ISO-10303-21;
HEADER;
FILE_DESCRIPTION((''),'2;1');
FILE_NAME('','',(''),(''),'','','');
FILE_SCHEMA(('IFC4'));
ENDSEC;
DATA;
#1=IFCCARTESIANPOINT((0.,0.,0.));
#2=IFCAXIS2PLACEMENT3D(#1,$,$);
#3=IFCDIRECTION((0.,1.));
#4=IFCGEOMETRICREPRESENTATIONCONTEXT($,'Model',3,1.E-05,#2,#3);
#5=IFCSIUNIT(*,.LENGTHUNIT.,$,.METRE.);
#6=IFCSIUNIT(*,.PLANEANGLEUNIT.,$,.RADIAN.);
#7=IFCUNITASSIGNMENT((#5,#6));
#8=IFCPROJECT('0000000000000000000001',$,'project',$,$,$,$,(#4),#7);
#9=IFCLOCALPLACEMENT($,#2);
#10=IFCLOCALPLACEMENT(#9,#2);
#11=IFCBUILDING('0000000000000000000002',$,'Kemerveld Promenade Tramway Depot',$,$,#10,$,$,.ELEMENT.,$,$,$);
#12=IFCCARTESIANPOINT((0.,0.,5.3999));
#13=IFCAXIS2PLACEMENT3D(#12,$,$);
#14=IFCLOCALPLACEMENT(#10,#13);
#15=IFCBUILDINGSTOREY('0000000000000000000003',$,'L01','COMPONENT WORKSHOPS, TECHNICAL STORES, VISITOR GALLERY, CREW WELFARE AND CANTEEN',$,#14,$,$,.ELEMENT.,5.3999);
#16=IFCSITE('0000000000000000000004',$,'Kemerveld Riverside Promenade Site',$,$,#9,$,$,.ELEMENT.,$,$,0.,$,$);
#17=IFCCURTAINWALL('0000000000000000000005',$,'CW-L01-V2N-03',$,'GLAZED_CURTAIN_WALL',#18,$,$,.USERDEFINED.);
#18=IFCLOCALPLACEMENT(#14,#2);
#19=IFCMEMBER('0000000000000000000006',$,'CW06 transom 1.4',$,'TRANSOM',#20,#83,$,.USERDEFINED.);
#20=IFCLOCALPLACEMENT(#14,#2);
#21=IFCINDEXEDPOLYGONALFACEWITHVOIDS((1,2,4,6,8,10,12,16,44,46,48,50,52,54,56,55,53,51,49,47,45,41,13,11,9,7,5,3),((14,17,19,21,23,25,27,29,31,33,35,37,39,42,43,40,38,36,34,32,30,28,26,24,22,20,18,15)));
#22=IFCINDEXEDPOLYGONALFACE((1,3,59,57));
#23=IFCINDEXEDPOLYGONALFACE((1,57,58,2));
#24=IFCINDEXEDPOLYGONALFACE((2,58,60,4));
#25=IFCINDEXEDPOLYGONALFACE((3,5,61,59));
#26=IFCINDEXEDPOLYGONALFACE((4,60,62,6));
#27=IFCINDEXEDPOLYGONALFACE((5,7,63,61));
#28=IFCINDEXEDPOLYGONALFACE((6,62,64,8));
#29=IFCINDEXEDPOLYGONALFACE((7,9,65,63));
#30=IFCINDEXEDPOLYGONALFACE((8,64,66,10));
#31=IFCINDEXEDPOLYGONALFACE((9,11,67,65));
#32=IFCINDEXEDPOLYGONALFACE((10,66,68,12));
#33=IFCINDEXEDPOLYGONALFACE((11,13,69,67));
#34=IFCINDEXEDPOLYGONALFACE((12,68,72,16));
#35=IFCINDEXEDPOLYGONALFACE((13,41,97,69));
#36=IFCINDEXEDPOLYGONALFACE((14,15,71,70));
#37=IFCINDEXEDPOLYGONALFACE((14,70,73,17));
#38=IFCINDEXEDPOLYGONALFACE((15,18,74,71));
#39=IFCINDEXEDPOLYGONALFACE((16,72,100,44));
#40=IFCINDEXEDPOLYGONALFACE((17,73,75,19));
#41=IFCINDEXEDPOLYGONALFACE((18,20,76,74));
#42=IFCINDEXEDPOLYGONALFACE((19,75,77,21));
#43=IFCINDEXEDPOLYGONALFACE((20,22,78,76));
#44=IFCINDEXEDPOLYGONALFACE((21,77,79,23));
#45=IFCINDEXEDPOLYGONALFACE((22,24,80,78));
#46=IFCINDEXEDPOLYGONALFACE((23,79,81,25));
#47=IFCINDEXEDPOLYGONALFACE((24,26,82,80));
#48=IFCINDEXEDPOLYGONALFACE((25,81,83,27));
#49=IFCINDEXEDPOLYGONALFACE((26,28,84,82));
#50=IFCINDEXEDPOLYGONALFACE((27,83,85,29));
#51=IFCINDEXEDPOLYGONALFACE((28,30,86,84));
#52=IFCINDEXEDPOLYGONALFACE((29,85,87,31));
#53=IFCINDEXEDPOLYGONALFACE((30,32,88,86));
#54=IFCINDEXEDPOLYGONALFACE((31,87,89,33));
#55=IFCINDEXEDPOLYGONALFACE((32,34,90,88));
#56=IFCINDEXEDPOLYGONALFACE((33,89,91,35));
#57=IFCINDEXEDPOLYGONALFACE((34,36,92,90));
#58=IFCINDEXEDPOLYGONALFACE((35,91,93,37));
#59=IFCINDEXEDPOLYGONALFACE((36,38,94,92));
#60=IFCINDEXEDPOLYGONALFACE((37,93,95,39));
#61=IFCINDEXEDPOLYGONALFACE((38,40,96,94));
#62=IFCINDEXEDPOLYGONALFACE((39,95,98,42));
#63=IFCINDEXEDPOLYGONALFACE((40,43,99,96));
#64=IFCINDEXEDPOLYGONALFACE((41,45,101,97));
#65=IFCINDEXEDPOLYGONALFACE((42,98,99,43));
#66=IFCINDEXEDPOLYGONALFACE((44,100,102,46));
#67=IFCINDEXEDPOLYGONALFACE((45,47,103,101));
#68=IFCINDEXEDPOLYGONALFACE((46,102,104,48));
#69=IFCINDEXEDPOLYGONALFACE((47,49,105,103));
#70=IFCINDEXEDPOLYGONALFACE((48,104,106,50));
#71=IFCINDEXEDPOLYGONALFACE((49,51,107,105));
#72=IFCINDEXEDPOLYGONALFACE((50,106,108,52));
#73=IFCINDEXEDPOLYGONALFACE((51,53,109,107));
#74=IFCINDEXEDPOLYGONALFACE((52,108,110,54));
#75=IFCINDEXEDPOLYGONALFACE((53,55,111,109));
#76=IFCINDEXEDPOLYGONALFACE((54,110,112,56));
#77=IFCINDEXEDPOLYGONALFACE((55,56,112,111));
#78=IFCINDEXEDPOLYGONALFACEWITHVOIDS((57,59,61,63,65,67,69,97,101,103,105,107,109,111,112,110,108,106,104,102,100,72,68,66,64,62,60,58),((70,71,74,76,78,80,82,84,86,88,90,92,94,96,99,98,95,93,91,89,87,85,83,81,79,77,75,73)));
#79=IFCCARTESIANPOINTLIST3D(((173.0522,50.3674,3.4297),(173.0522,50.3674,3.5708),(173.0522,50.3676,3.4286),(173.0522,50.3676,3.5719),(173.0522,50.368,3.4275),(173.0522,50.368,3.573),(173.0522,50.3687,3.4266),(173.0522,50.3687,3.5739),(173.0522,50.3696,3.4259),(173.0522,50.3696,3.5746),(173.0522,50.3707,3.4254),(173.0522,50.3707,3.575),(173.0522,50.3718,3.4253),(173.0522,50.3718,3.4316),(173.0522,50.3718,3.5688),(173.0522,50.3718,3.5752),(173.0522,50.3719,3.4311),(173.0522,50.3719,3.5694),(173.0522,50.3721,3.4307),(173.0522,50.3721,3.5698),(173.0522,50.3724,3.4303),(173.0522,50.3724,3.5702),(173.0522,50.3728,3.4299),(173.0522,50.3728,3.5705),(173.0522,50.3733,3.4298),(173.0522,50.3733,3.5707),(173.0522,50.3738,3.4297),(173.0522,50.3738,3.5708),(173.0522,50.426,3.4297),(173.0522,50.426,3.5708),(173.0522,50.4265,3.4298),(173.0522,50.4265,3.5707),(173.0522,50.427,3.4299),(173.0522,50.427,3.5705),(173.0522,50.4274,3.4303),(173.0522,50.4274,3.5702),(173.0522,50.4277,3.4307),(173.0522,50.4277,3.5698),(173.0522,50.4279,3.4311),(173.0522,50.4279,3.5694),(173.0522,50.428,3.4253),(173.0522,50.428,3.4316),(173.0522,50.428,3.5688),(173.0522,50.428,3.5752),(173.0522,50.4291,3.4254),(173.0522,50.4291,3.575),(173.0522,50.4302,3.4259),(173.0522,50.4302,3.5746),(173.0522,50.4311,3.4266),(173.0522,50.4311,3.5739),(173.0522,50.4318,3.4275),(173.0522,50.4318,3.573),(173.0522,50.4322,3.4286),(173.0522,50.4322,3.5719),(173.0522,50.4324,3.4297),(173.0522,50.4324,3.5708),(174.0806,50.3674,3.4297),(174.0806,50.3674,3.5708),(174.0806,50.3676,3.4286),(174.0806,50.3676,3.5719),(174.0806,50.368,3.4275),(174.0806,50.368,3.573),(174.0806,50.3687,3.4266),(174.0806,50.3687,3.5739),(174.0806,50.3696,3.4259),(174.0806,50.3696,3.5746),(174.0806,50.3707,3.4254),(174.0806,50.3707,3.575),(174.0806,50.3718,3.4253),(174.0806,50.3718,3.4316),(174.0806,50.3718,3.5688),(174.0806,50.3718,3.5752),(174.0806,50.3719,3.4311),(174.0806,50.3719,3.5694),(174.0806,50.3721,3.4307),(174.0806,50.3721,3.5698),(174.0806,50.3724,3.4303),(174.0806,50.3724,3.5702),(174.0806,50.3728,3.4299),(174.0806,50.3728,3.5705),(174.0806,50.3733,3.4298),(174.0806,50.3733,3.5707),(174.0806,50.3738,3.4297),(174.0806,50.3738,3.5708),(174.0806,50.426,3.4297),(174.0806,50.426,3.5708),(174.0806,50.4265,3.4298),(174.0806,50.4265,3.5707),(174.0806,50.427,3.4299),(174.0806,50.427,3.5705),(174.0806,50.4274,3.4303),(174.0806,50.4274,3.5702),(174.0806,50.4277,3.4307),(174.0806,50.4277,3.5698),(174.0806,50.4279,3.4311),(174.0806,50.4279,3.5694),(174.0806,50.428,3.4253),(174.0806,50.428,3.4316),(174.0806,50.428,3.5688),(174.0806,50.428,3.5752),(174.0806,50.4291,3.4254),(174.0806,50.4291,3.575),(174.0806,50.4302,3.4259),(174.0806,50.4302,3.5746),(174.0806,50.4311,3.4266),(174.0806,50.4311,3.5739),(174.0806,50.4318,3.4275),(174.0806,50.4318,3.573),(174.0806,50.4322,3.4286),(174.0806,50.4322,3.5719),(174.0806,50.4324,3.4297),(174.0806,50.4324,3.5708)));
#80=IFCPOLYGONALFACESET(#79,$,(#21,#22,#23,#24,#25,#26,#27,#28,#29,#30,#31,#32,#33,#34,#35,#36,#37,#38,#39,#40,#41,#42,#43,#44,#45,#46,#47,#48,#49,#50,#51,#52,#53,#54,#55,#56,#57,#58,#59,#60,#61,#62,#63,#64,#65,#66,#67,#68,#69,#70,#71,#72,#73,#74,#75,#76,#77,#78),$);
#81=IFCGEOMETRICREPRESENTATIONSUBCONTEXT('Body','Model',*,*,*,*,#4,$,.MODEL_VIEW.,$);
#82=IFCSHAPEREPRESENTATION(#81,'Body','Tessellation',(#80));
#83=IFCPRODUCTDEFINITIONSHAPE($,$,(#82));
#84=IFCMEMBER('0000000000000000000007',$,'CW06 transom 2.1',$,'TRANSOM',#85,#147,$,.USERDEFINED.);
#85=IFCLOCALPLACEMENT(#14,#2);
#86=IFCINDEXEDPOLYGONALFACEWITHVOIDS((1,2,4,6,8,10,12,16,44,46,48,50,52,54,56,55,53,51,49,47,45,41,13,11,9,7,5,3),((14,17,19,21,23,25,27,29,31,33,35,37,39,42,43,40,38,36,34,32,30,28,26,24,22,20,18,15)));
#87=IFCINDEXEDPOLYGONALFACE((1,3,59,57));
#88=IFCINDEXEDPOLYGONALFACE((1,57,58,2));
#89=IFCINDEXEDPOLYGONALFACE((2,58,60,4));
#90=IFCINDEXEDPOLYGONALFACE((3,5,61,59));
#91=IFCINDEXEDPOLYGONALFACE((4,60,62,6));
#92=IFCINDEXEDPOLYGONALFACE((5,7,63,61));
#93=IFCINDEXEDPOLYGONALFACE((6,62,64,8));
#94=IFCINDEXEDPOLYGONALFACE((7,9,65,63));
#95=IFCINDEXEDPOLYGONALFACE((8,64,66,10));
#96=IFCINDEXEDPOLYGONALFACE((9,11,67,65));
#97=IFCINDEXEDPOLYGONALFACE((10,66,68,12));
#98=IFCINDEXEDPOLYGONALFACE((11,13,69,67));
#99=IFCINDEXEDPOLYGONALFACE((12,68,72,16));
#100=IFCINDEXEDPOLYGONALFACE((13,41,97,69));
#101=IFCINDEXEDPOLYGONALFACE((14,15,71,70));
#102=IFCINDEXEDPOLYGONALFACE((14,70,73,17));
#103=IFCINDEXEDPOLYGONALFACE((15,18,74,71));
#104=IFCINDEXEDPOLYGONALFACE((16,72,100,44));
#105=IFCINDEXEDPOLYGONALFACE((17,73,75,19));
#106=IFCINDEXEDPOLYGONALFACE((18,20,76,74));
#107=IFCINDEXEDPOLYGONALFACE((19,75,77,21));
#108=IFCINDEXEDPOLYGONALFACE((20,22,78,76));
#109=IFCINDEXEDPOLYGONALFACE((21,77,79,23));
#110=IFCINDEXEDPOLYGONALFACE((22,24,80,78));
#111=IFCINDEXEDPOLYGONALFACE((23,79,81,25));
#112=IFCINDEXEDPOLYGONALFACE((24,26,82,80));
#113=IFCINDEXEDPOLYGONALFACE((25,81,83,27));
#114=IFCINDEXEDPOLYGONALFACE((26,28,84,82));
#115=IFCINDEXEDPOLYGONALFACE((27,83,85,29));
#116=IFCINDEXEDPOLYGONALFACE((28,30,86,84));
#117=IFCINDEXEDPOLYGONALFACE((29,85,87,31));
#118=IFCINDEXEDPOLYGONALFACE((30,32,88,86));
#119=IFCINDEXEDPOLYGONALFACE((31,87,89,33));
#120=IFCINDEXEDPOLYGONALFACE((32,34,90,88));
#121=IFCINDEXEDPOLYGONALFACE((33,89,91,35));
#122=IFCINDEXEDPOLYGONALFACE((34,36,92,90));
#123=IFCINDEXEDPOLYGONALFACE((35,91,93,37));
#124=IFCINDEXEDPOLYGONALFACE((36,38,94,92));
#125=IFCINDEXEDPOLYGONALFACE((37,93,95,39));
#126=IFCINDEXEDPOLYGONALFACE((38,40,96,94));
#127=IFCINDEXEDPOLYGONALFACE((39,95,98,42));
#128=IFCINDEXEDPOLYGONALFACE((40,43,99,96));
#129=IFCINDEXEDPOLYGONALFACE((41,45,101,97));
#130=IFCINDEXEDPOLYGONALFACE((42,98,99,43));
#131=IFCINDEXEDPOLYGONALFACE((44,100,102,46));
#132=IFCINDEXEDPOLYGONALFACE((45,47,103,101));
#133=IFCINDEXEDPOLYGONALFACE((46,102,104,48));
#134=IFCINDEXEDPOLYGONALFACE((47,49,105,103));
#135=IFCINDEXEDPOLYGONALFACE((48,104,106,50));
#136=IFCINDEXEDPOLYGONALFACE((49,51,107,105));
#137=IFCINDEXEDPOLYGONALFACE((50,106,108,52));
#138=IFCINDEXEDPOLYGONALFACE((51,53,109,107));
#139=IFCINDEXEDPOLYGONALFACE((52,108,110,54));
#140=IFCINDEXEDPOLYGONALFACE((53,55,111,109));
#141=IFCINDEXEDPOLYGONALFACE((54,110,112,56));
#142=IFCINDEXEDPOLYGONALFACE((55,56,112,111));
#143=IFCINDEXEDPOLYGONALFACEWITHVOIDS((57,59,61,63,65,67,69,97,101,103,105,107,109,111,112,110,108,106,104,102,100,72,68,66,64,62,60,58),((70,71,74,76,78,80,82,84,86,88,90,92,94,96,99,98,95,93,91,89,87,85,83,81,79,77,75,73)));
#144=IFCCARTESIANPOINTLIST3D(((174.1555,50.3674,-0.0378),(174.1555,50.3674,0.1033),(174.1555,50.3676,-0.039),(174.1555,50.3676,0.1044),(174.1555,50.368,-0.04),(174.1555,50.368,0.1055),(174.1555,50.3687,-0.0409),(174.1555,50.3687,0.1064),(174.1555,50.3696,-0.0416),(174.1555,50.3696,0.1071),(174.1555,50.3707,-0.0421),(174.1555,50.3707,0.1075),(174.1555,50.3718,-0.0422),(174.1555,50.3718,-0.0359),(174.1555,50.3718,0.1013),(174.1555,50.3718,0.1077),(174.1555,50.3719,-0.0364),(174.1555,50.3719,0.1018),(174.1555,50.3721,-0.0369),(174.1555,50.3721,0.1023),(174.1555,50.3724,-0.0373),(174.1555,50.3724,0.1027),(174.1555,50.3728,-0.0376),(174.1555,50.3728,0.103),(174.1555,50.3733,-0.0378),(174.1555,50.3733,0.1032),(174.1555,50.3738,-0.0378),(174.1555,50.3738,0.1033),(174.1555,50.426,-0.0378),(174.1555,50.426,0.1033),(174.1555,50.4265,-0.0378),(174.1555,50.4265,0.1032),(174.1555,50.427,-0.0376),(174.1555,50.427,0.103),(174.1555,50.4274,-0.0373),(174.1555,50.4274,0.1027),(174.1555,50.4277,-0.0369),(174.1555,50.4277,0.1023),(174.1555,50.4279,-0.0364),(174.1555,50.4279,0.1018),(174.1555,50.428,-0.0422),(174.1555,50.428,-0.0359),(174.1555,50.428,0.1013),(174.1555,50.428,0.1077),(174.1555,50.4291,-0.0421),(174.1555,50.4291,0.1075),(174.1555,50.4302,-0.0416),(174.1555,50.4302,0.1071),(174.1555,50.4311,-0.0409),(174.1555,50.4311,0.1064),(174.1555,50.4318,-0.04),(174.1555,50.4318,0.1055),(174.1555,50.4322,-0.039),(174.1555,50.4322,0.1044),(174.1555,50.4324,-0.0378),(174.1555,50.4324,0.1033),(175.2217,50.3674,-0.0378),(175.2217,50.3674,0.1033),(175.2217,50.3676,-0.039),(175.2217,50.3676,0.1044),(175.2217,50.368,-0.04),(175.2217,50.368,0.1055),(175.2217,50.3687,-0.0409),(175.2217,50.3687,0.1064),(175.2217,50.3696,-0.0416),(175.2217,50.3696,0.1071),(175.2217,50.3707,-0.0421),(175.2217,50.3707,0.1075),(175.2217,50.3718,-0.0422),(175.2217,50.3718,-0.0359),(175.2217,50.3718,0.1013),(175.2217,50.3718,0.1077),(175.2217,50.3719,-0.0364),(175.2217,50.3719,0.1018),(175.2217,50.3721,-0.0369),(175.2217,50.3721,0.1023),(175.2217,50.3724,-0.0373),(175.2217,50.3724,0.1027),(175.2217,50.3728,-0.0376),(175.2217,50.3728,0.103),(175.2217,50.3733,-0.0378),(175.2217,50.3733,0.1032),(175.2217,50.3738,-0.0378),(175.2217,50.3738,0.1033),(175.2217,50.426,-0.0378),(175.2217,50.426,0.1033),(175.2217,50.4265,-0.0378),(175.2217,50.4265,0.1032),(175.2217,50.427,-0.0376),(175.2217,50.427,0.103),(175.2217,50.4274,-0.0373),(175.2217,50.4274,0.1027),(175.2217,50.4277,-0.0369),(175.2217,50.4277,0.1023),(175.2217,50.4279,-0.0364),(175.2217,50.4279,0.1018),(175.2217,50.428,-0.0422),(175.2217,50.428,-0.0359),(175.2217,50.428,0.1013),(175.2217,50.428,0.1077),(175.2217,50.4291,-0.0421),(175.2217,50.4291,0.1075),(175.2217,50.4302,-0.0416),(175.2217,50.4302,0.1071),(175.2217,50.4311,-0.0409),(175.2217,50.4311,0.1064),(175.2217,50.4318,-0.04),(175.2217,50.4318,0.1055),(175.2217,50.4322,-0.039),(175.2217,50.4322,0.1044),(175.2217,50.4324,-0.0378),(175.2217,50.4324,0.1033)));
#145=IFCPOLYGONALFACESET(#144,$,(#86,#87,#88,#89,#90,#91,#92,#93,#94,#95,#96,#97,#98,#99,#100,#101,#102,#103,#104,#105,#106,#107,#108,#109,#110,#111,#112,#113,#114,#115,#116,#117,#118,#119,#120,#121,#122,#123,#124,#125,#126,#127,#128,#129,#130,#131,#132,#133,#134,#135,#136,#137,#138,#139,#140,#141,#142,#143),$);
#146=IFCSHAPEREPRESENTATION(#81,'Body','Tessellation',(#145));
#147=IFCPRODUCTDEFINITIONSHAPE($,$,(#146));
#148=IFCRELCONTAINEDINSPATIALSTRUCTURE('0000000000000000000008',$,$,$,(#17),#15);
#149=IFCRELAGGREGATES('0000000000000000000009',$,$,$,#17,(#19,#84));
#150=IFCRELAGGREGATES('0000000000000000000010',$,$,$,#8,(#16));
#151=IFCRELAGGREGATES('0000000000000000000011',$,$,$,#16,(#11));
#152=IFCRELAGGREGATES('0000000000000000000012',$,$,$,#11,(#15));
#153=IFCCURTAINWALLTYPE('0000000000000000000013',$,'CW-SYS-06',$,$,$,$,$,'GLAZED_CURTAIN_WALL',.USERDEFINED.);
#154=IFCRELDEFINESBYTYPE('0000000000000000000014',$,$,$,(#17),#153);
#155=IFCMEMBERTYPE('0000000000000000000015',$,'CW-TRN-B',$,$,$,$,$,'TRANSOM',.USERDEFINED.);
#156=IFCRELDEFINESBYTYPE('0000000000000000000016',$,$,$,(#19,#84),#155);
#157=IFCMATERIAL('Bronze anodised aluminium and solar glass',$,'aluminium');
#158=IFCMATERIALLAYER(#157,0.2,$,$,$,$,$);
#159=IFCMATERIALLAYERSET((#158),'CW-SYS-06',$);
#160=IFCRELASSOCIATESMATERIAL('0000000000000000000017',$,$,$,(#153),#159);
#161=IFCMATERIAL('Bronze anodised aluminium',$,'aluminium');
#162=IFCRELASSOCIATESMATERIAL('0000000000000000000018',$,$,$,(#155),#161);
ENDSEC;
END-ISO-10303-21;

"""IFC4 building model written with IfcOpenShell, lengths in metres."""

from ifc_helpers import new_model, si_unit, direction, frame, origin, origin_2d, place, context, subcontext, project, spatial, hollow_rectangle, extrude, material, layer, layer_set, material_profile, profile_set, type_object, element, aggregate, save


model = new_model("IFC4")

# Units and contexts
model_context = context("Model", 3, precision=1e-05, world=origin(), true_north=direction((0.0, 1.0)))
body_context = subcontext(model_context, "Body", "Model", "MODEL_VIEW")
ifc_project = project(units=[si_unit("LENGTHUNIT", "METRE"), si_unit("PLANEANGLEUNIT", "RADIAN")], contexts=[model_context])

# Site, building, storey
site_placement = place(None, origin())
site = spatial("IfcSite", under=ifc_project, at=site_placement, Name="Kemerveld Riverside Promenade Site", CompositionType="ELEMENT", RefElevation=0.0)
building_placement = place(site_placement, origin())
building = spatial("IfcBuilding", under=site, at=building_placement, Name="Kemerveld Promenade Tramway Depot", CompositionType="ELEMENT")
storey_placement = place(building_placement, frame((0.0, 0.0, 5.3999)))
storey = spatial("IfcBuildingStorey", under=building, at=storey_placement, Name="L01", Description="COMPONENT WORKSHOPS, TECHNICAL STORES, VISITOR GALLERY, CREW WELFARE AND CANTEEN", CompositionType="ELEMENT", Elevation=5.3999)

# Curtain wall, members
ifc_material_1 = material(Name="Bronze anodised aluminium and solar glass", Category="aluminium")
ifc_layer_1 = layer(ifc_material_1, 0.2)
ifc_layer_set_1 = layer_set([ifc_layer_1], Name="CW-SYS-06")
curtain_wall_type = type_object("IfcCurtainWallType", Name="CW-SYS-06", ElementType="GLAZED_CURTAIN_WALL", PredefinedType="USERDEFINED", material=ifc_layer_set_1)
curtain_wall_placement = place(storey_placement, origin())
curtain_wall = element("IfcCurtainWall", 1, at=curtain_wall_placement, inside=storey, type_object=curtain_wall_type, Name="CW-L01-V2N-03", ObjectType="GLAZED_CURTAIN_WALL", PredefinedType="USERDEFINED")
ifc_material_2 = material(Name="Bronze anodised aluminium", Category="aluminium")
ifc_material_profile_1 = material_profile(ifc_material_2, hollow_rectangle(XDim=0.0649, YDim=0.1499, WallThickness=0.0044, InnerFilletRadius=0.002, OuterFilletRadius=0.0044, at=origin_2d()), Name="CW-TRN-150x65")
ifc_profile_set_1 = profile_set([ifc_material_profile_1], Name="Bronze anodised aluminium")
member_type_1 = type_object("IfcMemberType", Name="CW-TRN-B", ElementType="TRANSOM", PredefinedType="USERDEFINED", material=ifc_profile_set_1)
member_1_placement = place(storey_placement, frame((173.0522, 50.3999, 3.5002), z_axis=(1.0, 0.0, 0.0), x_axis=(0.0, 1.0, 0.0)))
member_1 = element("IfcMember", 2, at=member_1_placement, type_object=member_type_1, Name="CW06 transom 1.4", ObjectType="TRANSOM", PredefinedType="USERDEFINED", context=body_context, shape_type="SweptSolid", body=[
    extrude(hollow_rectangle(XDim=0.0649, YDim=0.1499, WallThickness=0.0044, InnerFilletRadius=0.002, OuterFilletRadius=0.0044, at=origin_2d()), origin(), (0.0, 0.0, 1.0), 1.0283),
])
member_2_placement = place(storey_placement, frame((174.1555, 50.3999, 0.0327), z_axis=(1.0, 0.0, 0.0), x_axis=(0.0, 1.0, 0.0)))
member_2 = element("IfcMember", 3, at=member_2_placement, type_object=member_type_1, Name="CW06 transom 2.1", ObjectType="TRANSOM", PredefinedType="USERDEFINED", context=body_context, shape_type="SweptSolid", body=[
    extrude(hollow_rectangle(XDim=0.0649, YDim=0.1499, WallThickness=0.0044, InnerFilletRadius=0.002, OuterFilletRadius=0.0044, at=origin_2d()), origin(), (0.0, 0.0, 1.0), 1.0662),
])

aggregate(curtain_wall, [member_1, member_2])

save(model, "model.ifc")
